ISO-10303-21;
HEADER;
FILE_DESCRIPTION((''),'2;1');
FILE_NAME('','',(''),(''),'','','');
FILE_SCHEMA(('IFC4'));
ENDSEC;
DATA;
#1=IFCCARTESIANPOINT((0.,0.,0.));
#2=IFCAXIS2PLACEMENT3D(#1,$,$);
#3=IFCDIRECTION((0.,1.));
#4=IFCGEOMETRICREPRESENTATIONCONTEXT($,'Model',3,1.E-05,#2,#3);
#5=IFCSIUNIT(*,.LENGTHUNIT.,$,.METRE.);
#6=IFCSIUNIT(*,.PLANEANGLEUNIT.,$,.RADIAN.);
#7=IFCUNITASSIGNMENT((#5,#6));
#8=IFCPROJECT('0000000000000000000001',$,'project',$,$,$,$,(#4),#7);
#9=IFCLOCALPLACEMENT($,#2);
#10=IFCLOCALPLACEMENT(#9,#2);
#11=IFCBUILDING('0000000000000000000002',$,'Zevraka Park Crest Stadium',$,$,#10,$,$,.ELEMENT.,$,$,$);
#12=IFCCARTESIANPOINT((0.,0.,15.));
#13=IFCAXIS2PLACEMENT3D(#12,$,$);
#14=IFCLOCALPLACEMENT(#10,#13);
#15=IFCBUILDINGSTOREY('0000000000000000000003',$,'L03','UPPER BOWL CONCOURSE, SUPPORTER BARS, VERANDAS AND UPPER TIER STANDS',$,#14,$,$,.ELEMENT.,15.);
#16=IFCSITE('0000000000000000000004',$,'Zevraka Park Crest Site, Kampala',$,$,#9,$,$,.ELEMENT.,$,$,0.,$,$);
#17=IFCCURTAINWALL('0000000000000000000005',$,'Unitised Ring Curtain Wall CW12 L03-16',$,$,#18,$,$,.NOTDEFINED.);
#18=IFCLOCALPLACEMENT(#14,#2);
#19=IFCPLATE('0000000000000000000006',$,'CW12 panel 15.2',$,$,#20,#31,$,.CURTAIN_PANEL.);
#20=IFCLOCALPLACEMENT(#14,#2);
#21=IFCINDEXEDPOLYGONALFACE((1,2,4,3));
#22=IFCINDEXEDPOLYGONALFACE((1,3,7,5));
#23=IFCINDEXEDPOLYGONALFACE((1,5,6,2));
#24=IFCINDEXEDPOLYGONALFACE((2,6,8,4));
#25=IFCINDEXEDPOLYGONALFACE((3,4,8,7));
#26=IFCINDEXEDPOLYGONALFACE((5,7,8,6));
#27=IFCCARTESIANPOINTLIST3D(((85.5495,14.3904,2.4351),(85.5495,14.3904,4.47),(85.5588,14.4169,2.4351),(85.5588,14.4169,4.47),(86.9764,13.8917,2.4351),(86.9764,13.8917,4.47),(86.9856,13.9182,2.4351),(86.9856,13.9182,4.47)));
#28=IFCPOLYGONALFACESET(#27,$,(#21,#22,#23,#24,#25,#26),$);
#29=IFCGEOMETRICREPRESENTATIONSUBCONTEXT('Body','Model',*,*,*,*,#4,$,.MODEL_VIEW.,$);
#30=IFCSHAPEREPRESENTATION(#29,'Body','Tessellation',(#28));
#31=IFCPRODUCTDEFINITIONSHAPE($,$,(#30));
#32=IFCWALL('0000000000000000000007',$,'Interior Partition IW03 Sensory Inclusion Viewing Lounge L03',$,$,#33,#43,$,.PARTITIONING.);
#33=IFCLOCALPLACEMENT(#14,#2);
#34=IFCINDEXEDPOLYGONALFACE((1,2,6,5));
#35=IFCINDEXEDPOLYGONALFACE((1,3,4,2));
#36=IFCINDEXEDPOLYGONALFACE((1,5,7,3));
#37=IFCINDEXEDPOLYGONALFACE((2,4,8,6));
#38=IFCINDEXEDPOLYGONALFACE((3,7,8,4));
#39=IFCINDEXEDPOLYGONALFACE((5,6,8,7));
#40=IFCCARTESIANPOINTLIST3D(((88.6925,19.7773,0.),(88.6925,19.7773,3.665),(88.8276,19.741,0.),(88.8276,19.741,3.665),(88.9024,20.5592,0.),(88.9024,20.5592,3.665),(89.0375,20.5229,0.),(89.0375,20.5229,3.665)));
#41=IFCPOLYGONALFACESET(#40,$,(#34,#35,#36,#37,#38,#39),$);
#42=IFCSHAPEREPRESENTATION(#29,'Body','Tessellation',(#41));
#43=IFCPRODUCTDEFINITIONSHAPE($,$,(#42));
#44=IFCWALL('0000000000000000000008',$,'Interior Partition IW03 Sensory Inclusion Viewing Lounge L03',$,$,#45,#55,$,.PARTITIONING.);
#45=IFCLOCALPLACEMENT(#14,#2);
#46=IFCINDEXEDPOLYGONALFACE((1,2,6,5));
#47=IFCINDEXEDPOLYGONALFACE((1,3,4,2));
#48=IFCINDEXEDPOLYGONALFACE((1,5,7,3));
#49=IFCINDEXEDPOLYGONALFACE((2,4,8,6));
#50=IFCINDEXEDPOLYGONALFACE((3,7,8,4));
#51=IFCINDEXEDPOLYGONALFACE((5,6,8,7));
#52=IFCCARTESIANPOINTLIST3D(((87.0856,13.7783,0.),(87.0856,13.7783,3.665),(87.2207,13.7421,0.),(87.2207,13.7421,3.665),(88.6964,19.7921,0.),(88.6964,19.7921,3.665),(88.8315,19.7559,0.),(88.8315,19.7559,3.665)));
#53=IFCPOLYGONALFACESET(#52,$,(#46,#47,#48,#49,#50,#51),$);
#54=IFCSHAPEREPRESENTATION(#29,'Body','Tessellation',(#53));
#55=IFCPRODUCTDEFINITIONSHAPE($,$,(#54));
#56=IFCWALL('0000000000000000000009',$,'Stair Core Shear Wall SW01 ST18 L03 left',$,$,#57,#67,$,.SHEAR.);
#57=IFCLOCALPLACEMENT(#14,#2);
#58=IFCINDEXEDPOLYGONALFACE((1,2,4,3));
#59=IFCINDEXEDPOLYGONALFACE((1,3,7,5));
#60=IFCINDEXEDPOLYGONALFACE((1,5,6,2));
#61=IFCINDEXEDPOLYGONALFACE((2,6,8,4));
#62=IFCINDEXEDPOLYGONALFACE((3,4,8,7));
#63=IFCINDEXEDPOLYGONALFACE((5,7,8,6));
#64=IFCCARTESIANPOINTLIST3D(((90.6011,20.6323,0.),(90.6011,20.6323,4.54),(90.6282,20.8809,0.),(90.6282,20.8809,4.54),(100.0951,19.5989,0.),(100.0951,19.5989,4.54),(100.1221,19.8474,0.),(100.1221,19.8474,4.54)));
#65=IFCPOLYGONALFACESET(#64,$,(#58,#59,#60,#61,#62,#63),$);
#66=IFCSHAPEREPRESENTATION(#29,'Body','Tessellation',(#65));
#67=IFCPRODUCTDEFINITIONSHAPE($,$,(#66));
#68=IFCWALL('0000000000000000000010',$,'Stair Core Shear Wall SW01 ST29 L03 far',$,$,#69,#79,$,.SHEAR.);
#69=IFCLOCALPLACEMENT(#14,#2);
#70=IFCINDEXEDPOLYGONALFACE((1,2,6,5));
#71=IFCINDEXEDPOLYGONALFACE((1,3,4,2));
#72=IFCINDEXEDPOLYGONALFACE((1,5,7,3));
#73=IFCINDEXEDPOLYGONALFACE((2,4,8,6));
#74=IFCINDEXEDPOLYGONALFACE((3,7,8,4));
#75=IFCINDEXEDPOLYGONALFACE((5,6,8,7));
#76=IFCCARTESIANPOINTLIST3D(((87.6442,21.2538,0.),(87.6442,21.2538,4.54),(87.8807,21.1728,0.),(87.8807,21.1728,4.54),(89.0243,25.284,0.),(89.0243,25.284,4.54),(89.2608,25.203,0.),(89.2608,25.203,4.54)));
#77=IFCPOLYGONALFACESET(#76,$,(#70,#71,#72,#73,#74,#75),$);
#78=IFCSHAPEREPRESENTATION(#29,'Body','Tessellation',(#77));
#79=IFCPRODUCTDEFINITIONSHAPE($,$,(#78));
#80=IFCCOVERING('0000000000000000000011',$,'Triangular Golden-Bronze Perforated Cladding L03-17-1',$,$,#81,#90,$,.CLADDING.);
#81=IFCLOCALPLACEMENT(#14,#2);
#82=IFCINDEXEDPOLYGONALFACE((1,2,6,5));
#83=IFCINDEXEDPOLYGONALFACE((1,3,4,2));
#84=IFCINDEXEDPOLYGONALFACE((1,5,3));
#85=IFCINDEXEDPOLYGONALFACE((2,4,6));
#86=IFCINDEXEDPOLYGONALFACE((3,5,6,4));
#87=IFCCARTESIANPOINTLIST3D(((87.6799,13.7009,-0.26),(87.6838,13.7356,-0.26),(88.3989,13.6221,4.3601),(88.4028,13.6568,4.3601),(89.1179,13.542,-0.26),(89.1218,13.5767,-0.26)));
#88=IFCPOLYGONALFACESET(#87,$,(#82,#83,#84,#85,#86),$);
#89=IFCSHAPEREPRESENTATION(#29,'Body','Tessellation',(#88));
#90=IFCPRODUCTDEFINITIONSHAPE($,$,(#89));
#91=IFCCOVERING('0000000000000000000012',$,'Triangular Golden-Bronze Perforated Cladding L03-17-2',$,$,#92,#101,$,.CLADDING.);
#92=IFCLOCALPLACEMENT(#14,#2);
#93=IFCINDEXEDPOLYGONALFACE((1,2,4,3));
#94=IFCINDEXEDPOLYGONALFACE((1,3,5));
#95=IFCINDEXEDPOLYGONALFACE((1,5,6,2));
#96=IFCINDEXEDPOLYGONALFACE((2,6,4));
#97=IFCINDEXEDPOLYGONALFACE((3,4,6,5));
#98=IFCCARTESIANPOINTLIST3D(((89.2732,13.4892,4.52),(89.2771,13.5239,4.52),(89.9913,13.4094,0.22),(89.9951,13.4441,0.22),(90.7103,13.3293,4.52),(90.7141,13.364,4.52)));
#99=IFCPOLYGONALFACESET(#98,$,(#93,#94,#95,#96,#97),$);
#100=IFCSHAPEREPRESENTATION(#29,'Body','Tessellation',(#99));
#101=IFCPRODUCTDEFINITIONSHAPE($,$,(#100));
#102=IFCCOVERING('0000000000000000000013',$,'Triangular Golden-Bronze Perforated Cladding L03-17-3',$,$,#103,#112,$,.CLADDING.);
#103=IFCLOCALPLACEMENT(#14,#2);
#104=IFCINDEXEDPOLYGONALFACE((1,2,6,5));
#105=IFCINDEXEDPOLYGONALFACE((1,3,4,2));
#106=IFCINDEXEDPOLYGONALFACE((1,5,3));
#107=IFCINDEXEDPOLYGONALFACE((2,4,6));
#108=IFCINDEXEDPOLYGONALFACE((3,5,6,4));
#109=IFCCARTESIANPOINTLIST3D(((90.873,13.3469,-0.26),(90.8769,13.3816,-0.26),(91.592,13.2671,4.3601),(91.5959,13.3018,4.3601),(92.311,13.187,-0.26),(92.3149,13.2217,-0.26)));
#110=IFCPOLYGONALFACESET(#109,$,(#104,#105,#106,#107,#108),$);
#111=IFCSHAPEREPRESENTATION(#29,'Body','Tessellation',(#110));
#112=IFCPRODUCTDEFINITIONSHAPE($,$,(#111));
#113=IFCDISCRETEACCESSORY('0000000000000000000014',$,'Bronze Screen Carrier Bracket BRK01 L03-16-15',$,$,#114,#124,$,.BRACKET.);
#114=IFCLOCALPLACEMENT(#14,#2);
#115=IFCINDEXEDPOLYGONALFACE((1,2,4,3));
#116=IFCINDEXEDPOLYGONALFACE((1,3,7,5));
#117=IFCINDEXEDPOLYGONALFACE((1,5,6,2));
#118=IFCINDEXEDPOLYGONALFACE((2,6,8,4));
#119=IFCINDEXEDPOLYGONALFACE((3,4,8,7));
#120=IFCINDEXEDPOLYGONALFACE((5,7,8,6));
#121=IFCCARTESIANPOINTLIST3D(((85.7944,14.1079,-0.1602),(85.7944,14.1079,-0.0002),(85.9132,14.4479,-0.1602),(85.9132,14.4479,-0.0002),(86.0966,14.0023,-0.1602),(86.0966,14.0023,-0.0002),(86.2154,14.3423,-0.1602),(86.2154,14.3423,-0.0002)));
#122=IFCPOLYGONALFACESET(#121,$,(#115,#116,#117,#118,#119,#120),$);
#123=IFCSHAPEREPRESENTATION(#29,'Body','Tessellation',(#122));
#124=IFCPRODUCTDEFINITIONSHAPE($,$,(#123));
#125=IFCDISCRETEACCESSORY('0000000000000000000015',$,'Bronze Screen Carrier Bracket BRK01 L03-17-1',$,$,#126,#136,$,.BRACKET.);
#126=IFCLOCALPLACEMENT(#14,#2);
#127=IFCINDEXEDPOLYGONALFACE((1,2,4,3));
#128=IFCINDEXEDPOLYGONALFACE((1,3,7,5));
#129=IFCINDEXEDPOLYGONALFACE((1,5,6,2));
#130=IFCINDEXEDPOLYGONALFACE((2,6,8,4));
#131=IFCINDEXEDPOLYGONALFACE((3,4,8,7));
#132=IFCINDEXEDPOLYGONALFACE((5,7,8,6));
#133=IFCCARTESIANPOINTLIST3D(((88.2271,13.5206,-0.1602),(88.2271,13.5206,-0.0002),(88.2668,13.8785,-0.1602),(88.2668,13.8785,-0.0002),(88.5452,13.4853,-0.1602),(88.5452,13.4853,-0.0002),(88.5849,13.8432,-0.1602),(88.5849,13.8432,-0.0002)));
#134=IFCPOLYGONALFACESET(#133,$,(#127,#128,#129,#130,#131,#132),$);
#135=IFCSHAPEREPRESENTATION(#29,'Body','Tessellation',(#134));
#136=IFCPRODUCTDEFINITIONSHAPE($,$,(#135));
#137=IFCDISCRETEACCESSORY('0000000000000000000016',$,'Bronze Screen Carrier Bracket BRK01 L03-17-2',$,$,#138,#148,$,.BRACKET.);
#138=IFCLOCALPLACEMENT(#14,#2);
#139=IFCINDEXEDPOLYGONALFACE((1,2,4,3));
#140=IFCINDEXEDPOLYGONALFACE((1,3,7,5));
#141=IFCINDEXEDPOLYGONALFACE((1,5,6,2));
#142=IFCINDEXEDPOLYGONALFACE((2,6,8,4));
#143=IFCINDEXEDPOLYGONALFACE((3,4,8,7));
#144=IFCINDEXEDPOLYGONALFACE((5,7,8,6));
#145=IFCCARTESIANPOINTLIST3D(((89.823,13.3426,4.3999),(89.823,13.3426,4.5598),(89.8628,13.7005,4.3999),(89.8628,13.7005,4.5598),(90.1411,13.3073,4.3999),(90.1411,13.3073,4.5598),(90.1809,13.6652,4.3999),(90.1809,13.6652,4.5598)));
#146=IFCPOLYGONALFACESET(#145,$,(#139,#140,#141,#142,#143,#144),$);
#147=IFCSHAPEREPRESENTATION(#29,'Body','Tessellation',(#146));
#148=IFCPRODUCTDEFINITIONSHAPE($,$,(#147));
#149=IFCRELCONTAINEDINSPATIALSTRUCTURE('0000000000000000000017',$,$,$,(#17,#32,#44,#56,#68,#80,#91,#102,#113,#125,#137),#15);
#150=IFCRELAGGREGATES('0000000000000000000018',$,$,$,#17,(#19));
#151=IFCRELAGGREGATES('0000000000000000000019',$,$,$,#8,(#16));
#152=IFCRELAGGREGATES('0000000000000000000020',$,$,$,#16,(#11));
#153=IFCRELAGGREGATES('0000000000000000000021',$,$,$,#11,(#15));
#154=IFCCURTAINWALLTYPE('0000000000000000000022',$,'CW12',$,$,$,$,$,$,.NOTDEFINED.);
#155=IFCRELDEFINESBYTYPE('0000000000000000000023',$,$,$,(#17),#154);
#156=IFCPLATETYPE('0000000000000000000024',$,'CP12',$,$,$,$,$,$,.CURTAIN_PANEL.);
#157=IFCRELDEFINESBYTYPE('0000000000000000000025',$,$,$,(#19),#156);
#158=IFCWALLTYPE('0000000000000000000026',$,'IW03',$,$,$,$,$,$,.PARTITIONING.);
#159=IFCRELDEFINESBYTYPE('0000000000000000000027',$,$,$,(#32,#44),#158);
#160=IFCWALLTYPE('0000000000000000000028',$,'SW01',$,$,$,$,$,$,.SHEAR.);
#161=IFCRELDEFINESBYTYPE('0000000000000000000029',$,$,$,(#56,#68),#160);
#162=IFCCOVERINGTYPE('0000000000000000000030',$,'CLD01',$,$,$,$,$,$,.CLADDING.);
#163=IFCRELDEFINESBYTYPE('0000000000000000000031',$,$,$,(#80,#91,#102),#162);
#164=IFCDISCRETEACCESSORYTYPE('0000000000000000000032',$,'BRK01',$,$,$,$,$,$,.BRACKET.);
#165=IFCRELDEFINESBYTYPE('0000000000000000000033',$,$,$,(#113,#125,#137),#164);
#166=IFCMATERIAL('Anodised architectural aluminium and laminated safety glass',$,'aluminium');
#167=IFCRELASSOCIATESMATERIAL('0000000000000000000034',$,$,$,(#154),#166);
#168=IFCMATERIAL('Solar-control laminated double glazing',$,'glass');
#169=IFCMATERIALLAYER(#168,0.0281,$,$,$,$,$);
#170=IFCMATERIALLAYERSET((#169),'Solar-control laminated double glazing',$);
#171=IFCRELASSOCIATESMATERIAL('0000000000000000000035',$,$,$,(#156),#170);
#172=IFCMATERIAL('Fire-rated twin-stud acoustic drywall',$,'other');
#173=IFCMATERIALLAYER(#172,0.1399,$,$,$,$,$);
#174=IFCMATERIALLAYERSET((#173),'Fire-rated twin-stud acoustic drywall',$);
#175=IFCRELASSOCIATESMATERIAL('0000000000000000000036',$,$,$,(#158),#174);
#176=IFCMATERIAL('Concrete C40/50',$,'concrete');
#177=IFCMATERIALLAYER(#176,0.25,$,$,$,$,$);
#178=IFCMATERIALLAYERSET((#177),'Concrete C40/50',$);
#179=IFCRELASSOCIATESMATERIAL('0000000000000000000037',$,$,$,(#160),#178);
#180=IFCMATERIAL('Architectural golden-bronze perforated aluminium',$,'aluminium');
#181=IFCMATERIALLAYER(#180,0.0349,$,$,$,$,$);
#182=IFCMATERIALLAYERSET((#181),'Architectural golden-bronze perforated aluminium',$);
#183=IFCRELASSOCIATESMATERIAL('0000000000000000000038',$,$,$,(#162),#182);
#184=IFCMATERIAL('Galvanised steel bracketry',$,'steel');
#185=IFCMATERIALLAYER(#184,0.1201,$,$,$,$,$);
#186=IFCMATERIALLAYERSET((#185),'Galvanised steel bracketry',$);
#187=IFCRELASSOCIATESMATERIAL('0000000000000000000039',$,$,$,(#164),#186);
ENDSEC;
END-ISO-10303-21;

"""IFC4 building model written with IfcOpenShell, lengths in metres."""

from ifc_helpers import new_model, si_unit, direction, frame, frame_2d, origin, origin_2d, place, context, subcontext, project, spatial, polyline, rectangle, outline, extrude, material, layer, layer_set, type_object, element, aggregate, save


model = new_model("IFC4")

# Units and contexts
model_context = context("Model", 3, precision=1e-05, world=origin(), true_north=direction((0.0, 1.0)))
body_context = subcontext(model_context, "Body", "Model", "MODEL_VIEW")
ifc_project = project(units=[si_unit("LENGTHUNIT", "METRE"), si_unit("PLANEANGLEUNIT", "RADIAN")], contexts=[model_context])

# Site, building, storey
site_placement = place(None, origin())
site = spatial("IfcSite", under=ifc_project, at=site_placement, Name="Zevraka Park Crest Site, Kampala", CompositionType="ELEMENT", RefElevation=0.0)
building_placement = place(site_placement, origin())
building = spatial("IfcBuilding", under=site, at=building_placement, Name="Zevraka Park Crest Stadium", CompositionType="ELEMENT")
storey_placement = place(building_placement, frame((0.0, 0.0, 15.0)))
storey = spatial("IfcBuildingStorey", under=building, at=storey_placement, Name="L03", Description="UPPER BOWL CONCOURSE, SUPPORTER BARS, VERANDAS AND UPPER TIER STANDS", CompositionType="ELEMENT", Elevation=15.0)

# Curtain wall
ifc_material_1 = material(Name="Anodised architectural aluminium and laminated safety glass", Category="aluminium")
curtain_wall_type_1 = type_object("IfcCurtainWallType", Name="CW12", PredefinedType="NOTDEFINED", material=ifc_material_1)
curtain_wall_1_placement = place(storey_placement, origin())
curtain_wall_1 = element("IfcCurtainWall", 1, at=curtain_wall_1_placement, inside=storey, type_object=curtain_wall_type_1, Name="Unitised Ring Curtain Wall CW12 L03-16", PredefinedType="NOTDEFINED")

# Plate
ifc_material_2 = material(Name="Solar-control laminated double glazing", Category="glass")
ifc_layer_1 = layer(ifc_material_2, 0.0281)
ifc_layer_set_1 = layer_set([ifc_layer_1], Name="Solar-control laminated double glazing")
plate_type_1 = type_object("IfcPlateType", Name="CP12", PredefinedType="CURTAIN_PANEL", material=ifc_layer_set_1)
plate_1_placement = place(storey_placement, frame((86.2676, 14.1543, 2.4351), z_axis=(0.0, 0.0, 1.0), x_axis=(0.94401, -0.329917, 0.0)))
plate_1 = element("IfcPlate", 2, at=plate_1_placement, type_object=plate_type_1, Name="CW12 panel 15.2", PredefinedType="CURTAIN_PANEL", context=body_context, shape_type="SweptSolid", body=[
    extrude(rectangle(XDim=1.5115, YDim=0.0281, at=origin_2d()), origin(), (0.0, 0.0, 1.0), 2.0349),
])
aggregate(curtain_wall_1, [plate_1])

# Walls
ifc_material_3 = material(Name="Fire-rated twin-stud acoustic drywall", Category="other")
ifc_layer_2 = layer(ifc_material_3, 0.1399)
ifc_layer_set_2 = layer_set([ifc_layer_2], Name="Fire-rated twin-stud acoustic drywall")
wall_type_1 = type_object("IfcWallType", Name="IW03", PredefinedType="PARTITIONING", material=ifc_layer_set_2)
wall_1_placement = place(storey_placement, frame((88.97, 20.541, 0.0), z_axis=(0.0, 0.0, 1.0), x_axis=(-0.259314, -0.965793, 0.0)))
element("IfcWall", 3, at=wall_1_placement, inside=storey, type_object=wall_type_1, Name="Interior Partition IW03 Sensory Inclusion Viewing Lounge L03", PredefinedType="PARTITIONING", context=body_context, shape_type="SweptSolid", body=[
    extrude(rectangle(XDim=0.8096, YDim=0.1399, at=frame_2d((0.4048, 0.0))), origin(), (0.0, 0.0, 1.0), 3.665),
])
wall_2_placement = place(storey_placement, frame((88.7639, 19.7739, 0.0), z_axis=(0.0, 0.0, 1.0), x_axis=(-0.258732, -0.965949, 0.0)))
element("IfcWall", 4, at=wall_2_placement, inside=storey, type_object=wall_type_1, Name="Interior Partition IW03 Sensory Inclusion Viewing Lounge L03", PredefinedType="PARTITIONING", context=body_context, shape_type="SweptSolid", body=[
    extrude(rectangle(XDim=6.2258, YDim=0.1399, at=frame_2d((3.1128, 0.0))), origin(), (0.0, 0.0, 1.0), 3.665),
])
ifc_material_4 = material(Name="Concrete C40/50", Category="concrete")
ifc_layer_3 = layer(ifc_material_4, 0.25)
ifc_layer_set_3 = layer_set([ifc_layer_3], Name="Concrete C40/50")
wall_type_2 = type_object("IfcWallType", Name="SW01", PredefinedType="SHEAR", material=ifc_layer_set_3)
wall_3_placement = place(storey_placement, frame((90.6147, 20.7566, 0.0), z_axis=(0.0, 0.0, 1.0), x_axis=(0.994128, -0.108215, 0.0)))
element("IfcWall", 5, at=wall_3_placement, inside=storey, type_object=wall_type_2, Name="Stair Core Shear Wall SW01 ST18 L03 left", PredefinedType="SHEAR", context=body_context, shape_type="SweptSolid", body=[
    extrude(rectangle(XDim=9.55, YDim=0.25, at=frame_2d((4.7749, 0.0))), origin(), (0.0, 0.0, 1.0), 4.54),
])
wall_4_placement = place(storey_placement, frame((87.7625, 21.2134, 0.0), z_axis=(0.0, 0.0, 1.0), x_axis=(0.323971, 0.946067, 0.0)))
element("IfcWall", 6, at=wall_4_placement, inside=storey, type_object=wall_type_2, Name="Stair Core Shear Wall SW01 ST29 L03 far", PredefinedType="SHEAR", context=body_context, shape_type="SweptSolid", body=[
    extrude(rectangle(XDim=4.26, YDim=0.25, at=frame_2d((2.1299, 0.0))), origin(), (0.0, 0.0, 1.0), 4.54),
])

# Coverings
ifc_material_5 = material(Name="Architectural golden-bronze perforated aluminium", Category="aluminium")
ifc_layer_4 = layer(ifc_material_5, 0.0349)
ifc_layer_set_4 = layer_set([ifc_layer_4], Name="Architectural golden-bronze perforated aluminium")
covering_type = type_object("IfcCoveringType", Name="CLD01", PredefinedType="CLADDING", material=ifc_layer_set_4)
covering_1_placement = place(storey_placement, frame((87.6799, 13.7009, -0.26), z_axis=(-0.109857, -0.993947, 0.000131), x_axis=(0.993947, -0.109857, 0.0)))
element("IfcCovering", 7, at=covering_1_placement, inside=storey, type_object=covering_type, Name="Triangular Golden-Bronze Perforated Cladding L03-17-1", PredefinedType="CLADDING", context=body_context, shape_type="SweptSolid", body=[
    extrude(outline(polyline([(0.0, 0.0), (1.4467, 0.0), (0.7233, 4.6201), (0.0, 0.0)])), origin(), (0.0, 0.0, -1.0), 0.0349),
])
covering_2_placement = place(storey_placement, frame((90.7141, 13.364, 4.52), z_axis=(0.110598, 0.993865, 0.000016), x_axis=(-0.993865, 0.110598, 0.0)))
element("IfcCovering", 8, at=covering_2_placement, inside=storey, type_object=covering_type, Name="Triangular Golden-Bronze Perforated Cladding L03-17-2", PredefinedType="CLADDING", context=body_context, shape_type="SweptSolid", body=[
    extrude(outline(polyline([(0.0, 0.0), (1.4459, 0.0), (0.7234, -4.3), (0.0, 0.0)])), origin(), (0.0, 0.0, -1.0), 0.0349),
])
covering_3_placement = place(storey_placement, frame((90.873, 13.3469, -0.26), z_axis=(-0.110524, -0.993873, 0.000026), x_axis=(0.993873, -0.110524, 0.0)))
element("IfcCovering", 9, at=covering_3_placement, inside=storey, type_object=covering_type, Name="Triangular Golden-Bronze Perforated Cladding L03-17-3", PredefinedType="CLADDING", context=body_context, shape_type="SweptSolid", body=[
    extrude(outline(polyline([(0.0, 0.0), (1.4469, 0.0), (0.7234, 4.6201), (0.0, 0.0)])), origin(), (0.0, 0.0, -1.0), 0.0349),
])

# Discrete accessories
ifc_material_6 = material(Name="Galvanised steel bracketry", Category="steel")
ifc_layer_5 = layer(ifc_material_6, 0.1201)
ifc_layer_set_5 = layer_set([ifc_layer_5], Name="Galvanised steel bracketry")
discrete_accessory_type = type_object("IfcDiscreteAccessoryType", Name="BRK01", PredefinedType="BRACKET", material=ifc_layer_set_5)
for number, where, z_axis, x_axis, name in (
    (10, (86.0049, 14.2251, -0.1602), (0.0, 0.0, 1.0), (0.944031, -0.329855, 0.0), "Bronze Screen Carrier Bracket BRK01 L03-16-15"),
    (11, (88.406, 13.6819, -0.1602), (0.0, 0.0, 1.0), (0.993884, -0.110428, 0.0), "Bronze Screen Carrier Bracket BRK01 L03-17-1"),
    (12, (90.002, 13.5039, 4.3999), (0.0, 0.0, 1.0), (0.993884, -0.110428, 0.0), "Bronze Screen Carrier Bracket BRK01 L03-17-2"),
):
    element("IfcDiscreteAccessory", number, at=place(storey_placement, frame(where, z_axis=z_axis, x_axis=x_axis)), inside=storey, type_object=discrete_accessory_type, Name=name, PredefinedType="BRACKET", context=body_context, shape_type="SweptSolid", body=[
        extrude(rectangle(XDim=0.3201, YDim=0.3601, at=origin_2d()), origin(), (0.0, 0.0, 1.0), 0.1599),
    ])

save(model, "model.ifc")
